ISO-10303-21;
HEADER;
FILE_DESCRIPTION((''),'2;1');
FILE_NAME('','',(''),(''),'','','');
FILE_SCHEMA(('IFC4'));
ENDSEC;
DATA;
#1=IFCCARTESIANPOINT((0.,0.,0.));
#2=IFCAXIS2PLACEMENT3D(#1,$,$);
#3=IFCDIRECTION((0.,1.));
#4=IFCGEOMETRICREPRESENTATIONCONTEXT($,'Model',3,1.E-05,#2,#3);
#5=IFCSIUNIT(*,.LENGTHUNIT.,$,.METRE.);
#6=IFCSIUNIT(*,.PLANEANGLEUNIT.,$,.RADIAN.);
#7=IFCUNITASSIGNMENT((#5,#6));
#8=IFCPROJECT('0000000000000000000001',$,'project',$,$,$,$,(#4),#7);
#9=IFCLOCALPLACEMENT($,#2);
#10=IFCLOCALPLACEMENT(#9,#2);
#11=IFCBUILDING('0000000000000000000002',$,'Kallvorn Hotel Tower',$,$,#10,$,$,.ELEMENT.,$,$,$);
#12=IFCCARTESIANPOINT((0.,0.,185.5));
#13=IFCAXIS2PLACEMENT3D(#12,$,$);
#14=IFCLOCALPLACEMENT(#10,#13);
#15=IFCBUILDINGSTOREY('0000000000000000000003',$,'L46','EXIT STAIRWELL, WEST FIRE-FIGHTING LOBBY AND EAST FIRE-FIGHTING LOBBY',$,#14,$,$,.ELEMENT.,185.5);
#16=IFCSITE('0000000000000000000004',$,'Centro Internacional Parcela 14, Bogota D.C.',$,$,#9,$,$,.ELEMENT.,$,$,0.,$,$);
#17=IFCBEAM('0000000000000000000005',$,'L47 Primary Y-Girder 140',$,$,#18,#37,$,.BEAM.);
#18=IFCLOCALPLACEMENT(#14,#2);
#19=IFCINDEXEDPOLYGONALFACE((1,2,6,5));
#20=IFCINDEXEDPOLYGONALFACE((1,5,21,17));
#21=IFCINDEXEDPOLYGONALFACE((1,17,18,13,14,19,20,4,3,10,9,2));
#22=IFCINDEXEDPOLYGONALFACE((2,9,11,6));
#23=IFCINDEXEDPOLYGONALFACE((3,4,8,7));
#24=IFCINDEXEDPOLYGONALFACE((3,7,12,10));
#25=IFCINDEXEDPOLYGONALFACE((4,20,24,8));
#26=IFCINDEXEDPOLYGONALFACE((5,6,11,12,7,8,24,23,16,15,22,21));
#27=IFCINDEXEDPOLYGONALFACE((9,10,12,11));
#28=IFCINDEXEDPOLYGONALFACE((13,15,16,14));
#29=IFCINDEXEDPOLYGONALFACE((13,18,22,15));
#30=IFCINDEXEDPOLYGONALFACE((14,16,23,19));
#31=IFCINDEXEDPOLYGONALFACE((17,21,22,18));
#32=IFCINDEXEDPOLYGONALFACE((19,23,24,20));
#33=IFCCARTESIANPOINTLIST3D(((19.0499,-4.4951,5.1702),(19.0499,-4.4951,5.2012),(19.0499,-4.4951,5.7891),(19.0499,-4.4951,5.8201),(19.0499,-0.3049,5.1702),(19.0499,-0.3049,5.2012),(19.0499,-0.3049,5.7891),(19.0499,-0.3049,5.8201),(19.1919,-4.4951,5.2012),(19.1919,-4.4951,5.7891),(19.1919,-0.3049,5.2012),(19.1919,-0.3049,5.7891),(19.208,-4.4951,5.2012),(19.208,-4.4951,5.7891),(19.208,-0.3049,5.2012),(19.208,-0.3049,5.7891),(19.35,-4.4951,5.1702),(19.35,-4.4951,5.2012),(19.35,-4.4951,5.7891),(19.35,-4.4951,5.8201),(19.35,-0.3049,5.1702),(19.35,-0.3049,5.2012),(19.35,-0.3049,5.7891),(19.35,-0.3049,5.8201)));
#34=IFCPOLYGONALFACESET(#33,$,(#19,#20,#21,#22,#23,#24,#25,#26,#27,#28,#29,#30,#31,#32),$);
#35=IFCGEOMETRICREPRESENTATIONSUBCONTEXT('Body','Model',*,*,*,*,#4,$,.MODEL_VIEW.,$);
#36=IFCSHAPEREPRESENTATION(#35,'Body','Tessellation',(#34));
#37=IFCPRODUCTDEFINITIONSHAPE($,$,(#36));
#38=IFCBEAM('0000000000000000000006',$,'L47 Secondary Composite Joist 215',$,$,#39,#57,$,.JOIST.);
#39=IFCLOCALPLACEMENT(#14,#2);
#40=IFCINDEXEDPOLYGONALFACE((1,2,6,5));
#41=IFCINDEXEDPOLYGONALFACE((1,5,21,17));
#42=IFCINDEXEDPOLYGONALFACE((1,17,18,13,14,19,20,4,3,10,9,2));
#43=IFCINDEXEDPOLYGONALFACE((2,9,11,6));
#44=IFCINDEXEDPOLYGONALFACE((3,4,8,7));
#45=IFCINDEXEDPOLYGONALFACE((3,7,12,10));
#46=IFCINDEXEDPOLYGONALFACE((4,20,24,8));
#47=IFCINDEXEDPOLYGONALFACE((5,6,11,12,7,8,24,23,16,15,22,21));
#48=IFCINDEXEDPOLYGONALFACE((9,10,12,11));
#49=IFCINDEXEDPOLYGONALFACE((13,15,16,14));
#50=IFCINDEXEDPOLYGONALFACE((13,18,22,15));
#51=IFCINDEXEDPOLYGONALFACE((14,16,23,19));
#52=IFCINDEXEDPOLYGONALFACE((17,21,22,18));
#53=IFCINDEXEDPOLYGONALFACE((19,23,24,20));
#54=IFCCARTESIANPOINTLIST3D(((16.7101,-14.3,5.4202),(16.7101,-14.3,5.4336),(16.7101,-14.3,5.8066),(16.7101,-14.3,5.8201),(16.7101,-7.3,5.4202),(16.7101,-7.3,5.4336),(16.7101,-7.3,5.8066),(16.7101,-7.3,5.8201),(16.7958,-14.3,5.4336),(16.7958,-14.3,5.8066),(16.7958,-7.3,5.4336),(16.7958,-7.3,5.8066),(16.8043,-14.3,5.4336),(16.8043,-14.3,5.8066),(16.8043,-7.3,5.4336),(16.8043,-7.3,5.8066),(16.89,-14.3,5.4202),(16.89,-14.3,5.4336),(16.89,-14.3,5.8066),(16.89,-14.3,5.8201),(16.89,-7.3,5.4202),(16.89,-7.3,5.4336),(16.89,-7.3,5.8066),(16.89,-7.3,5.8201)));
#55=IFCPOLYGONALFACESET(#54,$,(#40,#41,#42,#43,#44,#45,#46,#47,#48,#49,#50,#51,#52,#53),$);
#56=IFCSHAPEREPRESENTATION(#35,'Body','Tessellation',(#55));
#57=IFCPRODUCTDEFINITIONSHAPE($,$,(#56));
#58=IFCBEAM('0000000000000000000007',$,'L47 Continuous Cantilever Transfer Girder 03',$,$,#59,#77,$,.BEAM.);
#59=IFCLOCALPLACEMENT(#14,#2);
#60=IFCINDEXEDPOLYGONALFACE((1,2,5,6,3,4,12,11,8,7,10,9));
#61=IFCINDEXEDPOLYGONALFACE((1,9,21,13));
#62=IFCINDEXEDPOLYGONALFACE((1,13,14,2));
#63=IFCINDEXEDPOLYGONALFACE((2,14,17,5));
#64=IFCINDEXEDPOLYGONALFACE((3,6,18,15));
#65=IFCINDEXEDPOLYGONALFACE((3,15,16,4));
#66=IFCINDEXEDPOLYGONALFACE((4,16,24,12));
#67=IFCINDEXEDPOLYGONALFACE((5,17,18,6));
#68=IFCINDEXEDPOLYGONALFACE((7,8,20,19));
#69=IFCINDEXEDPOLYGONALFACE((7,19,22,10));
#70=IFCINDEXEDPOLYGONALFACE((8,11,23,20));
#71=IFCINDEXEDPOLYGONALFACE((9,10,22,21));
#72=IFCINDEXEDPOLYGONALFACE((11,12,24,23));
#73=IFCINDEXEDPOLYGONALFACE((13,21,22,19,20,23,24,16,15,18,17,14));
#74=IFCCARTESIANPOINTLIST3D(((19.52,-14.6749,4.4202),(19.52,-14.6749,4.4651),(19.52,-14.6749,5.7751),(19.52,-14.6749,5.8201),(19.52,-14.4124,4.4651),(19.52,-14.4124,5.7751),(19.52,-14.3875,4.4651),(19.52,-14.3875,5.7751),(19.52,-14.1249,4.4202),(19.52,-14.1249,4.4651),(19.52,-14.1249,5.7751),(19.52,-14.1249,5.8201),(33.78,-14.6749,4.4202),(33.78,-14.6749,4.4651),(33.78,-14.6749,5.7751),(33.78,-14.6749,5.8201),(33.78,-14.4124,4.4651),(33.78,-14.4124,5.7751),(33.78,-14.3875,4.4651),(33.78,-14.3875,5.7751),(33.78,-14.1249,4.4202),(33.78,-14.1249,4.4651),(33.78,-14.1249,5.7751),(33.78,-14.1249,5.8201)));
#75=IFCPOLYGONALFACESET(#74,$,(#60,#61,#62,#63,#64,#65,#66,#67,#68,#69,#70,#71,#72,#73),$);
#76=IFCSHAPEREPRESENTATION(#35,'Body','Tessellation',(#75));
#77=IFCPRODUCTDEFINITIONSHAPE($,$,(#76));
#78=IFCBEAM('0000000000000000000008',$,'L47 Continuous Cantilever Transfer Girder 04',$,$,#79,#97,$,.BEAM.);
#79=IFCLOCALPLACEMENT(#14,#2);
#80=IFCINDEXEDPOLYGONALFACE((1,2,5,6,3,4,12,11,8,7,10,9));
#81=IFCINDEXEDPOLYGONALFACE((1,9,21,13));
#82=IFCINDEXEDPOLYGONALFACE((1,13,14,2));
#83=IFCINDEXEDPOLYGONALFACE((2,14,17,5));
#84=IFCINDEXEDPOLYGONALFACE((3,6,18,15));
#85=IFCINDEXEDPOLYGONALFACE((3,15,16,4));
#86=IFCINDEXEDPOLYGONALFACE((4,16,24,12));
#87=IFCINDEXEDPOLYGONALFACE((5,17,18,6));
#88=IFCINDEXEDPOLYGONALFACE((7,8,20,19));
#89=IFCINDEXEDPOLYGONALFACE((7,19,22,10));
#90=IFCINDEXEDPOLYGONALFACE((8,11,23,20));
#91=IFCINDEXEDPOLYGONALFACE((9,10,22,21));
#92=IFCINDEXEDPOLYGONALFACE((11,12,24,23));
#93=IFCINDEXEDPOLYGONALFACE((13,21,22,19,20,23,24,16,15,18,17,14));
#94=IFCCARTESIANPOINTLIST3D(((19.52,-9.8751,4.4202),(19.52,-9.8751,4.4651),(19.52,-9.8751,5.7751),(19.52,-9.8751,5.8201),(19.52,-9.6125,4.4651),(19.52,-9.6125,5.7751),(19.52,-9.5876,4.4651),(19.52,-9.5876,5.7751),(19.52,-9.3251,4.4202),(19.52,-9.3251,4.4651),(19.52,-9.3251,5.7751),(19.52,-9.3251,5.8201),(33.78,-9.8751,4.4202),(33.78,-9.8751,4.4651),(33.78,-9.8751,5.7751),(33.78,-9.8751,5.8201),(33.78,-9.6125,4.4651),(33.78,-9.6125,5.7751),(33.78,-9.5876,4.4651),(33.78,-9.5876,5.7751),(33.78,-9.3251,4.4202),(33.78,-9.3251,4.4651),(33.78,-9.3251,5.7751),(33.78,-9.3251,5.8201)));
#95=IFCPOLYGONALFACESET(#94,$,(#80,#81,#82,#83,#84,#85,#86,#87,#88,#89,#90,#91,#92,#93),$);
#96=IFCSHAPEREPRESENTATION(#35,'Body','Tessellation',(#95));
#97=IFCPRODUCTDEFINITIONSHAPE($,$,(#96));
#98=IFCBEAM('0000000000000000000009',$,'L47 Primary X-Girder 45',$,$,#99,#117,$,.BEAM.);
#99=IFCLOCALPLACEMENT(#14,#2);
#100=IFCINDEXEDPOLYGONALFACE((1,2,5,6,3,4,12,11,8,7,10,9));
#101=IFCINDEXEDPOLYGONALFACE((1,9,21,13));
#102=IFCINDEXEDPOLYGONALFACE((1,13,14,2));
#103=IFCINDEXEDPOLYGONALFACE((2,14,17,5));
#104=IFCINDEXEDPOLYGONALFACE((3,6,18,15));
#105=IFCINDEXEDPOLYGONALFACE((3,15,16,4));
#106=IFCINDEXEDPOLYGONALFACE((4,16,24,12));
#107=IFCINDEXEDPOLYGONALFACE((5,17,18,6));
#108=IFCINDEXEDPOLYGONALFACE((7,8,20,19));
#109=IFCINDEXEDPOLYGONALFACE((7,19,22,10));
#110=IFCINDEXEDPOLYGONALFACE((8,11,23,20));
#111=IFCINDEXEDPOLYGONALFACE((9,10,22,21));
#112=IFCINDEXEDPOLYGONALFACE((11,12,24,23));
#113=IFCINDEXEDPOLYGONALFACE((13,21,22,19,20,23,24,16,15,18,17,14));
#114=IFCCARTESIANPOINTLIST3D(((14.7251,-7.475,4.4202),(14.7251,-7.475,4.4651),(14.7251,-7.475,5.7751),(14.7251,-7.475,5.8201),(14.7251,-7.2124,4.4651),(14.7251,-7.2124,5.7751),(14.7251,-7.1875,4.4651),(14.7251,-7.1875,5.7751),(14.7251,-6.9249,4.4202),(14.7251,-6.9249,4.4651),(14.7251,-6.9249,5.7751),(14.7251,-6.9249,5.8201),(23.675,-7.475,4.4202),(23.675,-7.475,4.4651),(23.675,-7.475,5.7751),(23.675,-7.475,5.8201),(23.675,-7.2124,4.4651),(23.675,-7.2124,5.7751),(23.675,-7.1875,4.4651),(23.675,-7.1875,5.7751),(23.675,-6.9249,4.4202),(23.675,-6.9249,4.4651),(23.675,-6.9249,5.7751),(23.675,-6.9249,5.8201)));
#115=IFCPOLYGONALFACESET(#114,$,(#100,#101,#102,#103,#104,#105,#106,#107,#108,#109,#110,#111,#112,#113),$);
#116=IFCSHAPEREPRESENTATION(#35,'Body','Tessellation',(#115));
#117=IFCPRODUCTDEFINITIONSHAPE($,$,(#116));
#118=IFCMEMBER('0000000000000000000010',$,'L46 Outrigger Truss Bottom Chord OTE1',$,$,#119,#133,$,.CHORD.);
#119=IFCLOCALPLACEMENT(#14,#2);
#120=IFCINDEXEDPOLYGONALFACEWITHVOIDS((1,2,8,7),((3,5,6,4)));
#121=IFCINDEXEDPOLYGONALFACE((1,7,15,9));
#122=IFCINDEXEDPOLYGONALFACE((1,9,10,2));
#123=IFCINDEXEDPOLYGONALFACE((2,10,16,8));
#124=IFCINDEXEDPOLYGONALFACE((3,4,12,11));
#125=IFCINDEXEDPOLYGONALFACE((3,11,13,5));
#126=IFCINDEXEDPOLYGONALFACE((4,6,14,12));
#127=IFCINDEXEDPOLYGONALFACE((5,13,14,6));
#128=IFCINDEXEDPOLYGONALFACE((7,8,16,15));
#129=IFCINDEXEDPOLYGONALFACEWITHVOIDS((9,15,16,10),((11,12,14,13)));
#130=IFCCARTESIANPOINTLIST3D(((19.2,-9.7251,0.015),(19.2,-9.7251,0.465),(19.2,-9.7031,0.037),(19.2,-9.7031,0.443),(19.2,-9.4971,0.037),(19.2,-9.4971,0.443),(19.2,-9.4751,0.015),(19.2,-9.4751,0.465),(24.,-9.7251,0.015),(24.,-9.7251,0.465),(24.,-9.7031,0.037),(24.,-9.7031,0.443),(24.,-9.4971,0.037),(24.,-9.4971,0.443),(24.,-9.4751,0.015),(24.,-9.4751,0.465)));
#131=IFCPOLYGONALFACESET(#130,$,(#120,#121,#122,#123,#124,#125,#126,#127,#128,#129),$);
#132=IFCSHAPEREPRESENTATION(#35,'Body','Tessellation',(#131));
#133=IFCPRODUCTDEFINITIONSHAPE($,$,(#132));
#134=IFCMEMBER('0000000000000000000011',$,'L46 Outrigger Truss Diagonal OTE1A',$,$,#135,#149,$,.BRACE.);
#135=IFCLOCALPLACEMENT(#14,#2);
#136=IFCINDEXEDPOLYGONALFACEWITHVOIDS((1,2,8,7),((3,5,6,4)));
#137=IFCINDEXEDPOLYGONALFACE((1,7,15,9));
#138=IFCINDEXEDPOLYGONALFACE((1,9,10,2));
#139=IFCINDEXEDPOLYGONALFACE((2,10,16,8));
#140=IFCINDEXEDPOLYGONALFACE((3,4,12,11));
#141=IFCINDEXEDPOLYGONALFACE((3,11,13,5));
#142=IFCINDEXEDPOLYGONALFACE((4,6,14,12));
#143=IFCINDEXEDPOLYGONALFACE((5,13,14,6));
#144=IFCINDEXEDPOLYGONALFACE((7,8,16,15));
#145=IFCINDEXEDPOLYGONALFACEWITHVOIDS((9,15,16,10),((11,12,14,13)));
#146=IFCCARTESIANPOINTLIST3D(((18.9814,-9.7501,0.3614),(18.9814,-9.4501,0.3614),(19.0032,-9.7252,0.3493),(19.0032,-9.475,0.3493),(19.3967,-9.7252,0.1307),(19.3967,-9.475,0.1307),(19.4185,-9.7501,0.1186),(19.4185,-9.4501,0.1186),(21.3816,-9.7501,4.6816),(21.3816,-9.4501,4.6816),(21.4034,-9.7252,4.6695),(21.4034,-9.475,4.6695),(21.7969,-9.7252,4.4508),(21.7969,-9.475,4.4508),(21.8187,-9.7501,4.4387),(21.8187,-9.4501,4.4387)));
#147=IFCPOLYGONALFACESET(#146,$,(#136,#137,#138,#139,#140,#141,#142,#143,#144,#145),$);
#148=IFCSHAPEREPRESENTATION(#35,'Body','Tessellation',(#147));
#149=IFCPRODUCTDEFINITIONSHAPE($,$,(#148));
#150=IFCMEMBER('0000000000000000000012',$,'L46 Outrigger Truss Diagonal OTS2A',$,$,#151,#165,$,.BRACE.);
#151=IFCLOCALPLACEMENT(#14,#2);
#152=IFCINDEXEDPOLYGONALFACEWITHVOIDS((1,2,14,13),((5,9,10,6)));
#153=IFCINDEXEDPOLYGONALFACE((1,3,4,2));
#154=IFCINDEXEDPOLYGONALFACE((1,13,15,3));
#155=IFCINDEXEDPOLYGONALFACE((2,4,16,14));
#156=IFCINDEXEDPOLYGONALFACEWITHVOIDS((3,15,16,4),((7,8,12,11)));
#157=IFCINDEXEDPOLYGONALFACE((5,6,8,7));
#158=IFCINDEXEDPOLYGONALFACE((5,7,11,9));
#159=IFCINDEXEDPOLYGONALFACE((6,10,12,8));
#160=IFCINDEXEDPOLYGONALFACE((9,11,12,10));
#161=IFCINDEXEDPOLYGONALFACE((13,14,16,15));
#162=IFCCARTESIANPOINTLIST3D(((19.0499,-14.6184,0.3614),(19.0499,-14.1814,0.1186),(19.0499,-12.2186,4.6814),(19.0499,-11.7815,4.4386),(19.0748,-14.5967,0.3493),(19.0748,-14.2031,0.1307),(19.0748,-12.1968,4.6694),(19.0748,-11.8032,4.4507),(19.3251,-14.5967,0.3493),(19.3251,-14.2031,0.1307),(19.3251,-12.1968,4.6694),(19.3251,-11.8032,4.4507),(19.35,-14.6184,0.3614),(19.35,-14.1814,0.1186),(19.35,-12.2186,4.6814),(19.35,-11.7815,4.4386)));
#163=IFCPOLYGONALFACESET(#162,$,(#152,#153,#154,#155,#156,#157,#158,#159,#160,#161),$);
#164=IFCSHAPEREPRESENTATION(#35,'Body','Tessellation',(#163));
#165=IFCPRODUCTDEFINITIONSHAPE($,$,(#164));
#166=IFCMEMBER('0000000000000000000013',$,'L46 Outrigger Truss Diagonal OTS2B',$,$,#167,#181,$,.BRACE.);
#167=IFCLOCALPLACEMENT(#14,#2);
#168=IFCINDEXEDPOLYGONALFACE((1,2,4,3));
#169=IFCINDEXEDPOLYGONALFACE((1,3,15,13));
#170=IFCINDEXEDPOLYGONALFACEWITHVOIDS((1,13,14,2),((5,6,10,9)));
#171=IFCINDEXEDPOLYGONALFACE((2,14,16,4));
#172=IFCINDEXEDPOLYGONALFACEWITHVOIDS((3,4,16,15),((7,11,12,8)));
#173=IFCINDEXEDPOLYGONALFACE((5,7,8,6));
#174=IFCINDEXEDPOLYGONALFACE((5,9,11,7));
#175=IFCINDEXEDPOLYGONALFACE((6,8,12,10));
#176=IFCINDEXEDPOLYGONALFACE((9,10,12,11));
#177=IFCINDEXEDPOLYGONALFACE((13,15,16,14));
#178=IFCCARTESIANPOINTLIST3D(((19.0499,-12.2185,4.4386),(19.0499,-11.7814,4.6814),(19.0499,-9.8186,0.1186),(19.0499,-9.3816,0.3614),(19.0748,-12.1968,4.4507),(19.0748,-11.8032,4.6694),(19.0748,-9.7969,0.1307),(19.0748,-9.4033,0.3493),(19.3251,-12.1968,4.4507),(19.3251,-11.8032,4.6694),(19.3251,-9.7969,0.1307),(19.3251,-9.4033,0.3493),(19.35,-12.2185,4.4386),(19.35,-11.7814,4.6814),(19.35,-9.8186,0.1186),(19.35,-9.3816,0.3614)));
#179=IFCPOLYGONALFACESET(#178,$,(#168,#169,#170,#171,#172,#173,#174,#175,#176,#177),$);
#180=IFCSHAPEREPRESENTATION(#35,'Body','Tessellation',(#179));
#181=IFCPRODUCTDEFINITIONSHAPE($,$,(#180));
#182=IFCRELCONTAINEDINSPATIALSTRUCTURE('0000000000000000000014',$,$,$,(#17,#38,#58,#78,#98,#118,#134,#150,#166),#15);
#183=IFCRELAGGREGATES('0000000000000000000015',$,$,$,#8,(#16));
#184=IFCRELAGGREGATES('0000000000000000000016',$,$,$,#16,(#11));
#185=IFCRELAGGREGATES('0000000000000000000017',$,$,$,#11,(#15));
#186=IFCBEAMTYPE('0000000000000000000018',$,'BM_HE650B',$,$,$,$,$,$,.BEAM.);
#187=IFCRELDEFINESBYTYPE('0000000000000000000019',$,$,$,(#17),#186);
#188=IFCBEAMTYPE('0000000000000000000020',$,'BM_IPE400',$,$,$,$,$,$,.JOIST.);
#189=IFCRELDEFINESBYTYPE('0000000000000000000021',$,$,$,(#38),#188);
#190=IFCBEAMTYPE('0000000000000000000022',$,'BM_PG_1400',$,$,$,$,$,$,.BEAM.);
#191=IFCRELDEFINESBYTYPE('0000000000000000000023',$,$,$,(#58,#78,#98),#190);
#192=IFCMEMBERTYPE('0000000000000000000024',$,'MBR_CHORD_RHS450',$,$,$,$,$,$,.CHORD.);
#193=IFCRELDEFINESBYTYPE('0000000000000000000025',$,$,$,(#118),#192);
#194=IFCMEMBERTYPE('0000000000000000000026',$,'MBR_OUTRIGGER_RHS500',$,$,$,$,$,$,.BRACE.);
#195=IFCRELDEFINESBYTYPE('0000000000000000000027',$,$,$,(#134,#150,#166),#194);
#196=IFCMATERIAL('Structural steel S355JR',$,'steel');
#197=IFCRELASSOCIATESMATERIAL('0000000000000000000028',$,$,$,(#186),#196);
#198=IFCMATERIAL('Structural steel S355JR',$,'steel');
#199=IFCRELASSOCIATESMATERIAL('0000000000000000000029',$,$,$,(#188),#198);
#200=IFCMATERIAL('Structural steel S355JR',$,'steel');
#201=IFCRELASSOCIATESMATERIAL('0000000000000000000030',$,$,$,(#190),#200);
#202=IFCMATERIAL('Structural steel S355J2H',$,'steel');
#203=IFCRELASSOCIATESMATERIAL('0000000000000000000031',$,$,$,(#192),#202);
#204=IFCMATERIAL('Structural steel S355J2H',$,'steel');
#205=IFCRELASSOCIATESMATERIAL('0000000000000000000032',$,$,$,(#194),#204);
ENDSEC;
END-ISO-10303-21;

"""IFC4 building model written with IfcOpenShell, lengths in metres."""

from ifc_helpers import new_model, si_unit, direction, frame, origin, origin_2d, place, context, subcontext, project, spatial, hollow_rectangle, i_section, extrude, material, material_profile, profile_set, type_object, element, save


model = new_model("IFC4")

# Units and contexts
model_context = context("Model", 3, precision=1e-05, world=origin(), true_north=direction((0.0, 1.0)))
body_context = subcontext(model_context, "Body", "Model", "MODEL_VIEW")
ifc_project = project(units=[si_unit("LENGTHUNIT", "METRE"), si_unit("PLANEANGLEUNIT", "RADIAN")], contexts=[model_context])

# Site, building, storey
site_placement = place(None, origin())
site = spatial("IfcSite", under=ifc_project, at=site_placement, Name="Centro Internacional Parcela 14, Bogota D.C.", CompositionType="ELEMENT", RefElevation=0.0)
building_placement = place(site_placement, origin())
building = spatial("IfcBuilding", under=site, at=building_placement, Name="Kallvorn Hotel Tower", CompositionType="ELEMENT")
storey_placement = place(building_placement, frame((0.0, 0.0, 185.5)))
storey = spatial("IfcBuildingStorey", under=building, at=storey_placement, Name="L46", Description="EXIT STAIRWELL, WEST FIRE-FIGHTING LOBBY AND EAST FIRE-FIGHTING LOBBY", CompositionType="ELEMENT", Elevation=185.5)

# Beams
ifc_material_1 = material(Name="Structural steel S355JR", Category="steel")
ifc_material_profile_1 = material_profile(ifc_material_1, i_section(OverallWidth=0.3, OverallDepth=0.6499, WebThickness=0.0161, FlangeThickness=0.031, at=origin_2d()), Name="HE 650 B")
ifc_profile_set_1 = profile_set([ifc_material_profile_1], Name="Structural steel S355JR")
beam_type_1 = type_object("IfcBeamType", Name="BM_HE650B", PredefinedType="BEAM", material=ifc_profile_set_1)
beam_1_placement = place(storey_placement, frame((19.2, -4.4951, 5.4951), z_axis=(0.0, 1.0, 0.0), x_axis=(-1.0, 0.0, 0.0)))
element("IfcBeam", 1, at=beam_1_placement, inside=storey, type_object=beam_type_1, Name="L47 Primary Y-Girder 140", PredefinedType="BEAM", context=body_context, shape_type="SweptSolid", body=[
    extrude(i_section(OverallWidth=0.3, OverallDepth=0.6499, WebThickness=0.0161, FlangeThickness=0.031, at=origin_2d()), origin(), (0.0, 0.0, 1.0), 4.1902),
])
ifc_material_2 = material(Name="Structural steel S355JR", Category="steel")
ifc_material_profile_2 = material_profile(ifc_material_2, i_section(OverallWidth=0.1799, OverallDepth=0.3999, WebThickness=0.0085, FlangeThickness=0.0134, at=origin_2d()), Name="IPE 400")
ifc_profile_set_2 = profile_set([ifc_material_profile_2], Name="Structural steel S355JR")
beam_type_2 = type_object("IfcBeamType", Name="BM_IPE400", PredefinedType="JOIST", material=ifc_profile_set_2)
beam_2_placement = place(storey_placement, frame((16.8, -14.3, 5.6201), z_axis=(0.0, 1.0, 0.0), x_axis=(-1.0, 0.0, 0.0)))
element("IfcBeam", 2, at=beam_2_placement, inside=storey, type_object=beam_type_2, Name="L47 Secondary Composite Joist 215", PredefinedType="JOIST", context=body_context, shape_type="SweptSolid", body=[
    extrude(i_section(OverallWidth=0.1799, OverallDepth=0.3999, WebThickness=0.0085, FlangeThickness=0.0134, at=origin_2d()), origin(), (0.0, 0.0, 1.0), 7.0),
])
ifc_material_3 = material(Name="Structural steel S355JR", Category="steel")
ifc_material_profile_3 = material_profile(ifc_material_3, i_section(OverallWidth=0.55, OverallDepth=1.3999, WebThickness=0.0249, FlangeThickness=0.0449, at=origin_2d()), Name="PG 1400x550x25x45")
ifc_profile_set_3 = profile_set([ifc_material_profile_3], Name="Structural steel S355JR")
beam_type_3 = type_object("IfcBeamType", Name="BM_PG_1400", PredefinedType="BEAM", material=ifc_profile_set_3)
for number, where, z_axis, x_axis, name in (
    (3, (19.52, -14.3999, 5.1201), (1.0, 0.0, 0.0), (0.0, 1.0, 0.0), "L47 Continuous Cantilever Transfer Girder 03"),
    (4, (19.52, -9.6001, 5.1201), (1.0, 0.0, 0.0), (0.0, 1.0, 0.0), "L47 Continuous Cantilever Transfer Girder 04"),
):
    element("IfcBeam", number, at=place(storey_placement, frame(where, z_axis=z_axis, x_axis=x_axis)), inside=storey, type_object=beam_type_3, Name=name, PredefinedType="BEAM", context=body_context, shape_type="SweptSolid", body=[
        extrude(i_section(OverallWidth=0.55, OverallDepth=1.3999, WebThickness=0.0249, FlangeThickness=0.0449, at=origin_2d()), origin(), (0.0, 0.0, 1.0), 14.26),
    ])
beam_3_placement = place(storey_placement, frame((14.7251, -7.2, 5.1201), z_axis=(1.0, 0.0, 0.0), x_axis=(0.0, 1.0, 0.0)))
element("IfcBeam", 5, at=beam_3_placement, inside=storey, type_object=beam_type_3, Name="L47 Primary X-Girder 45", PredefinedType="BEAM", context=body_context, shape_type="SweptSolid", body=[
    extrude(i_section(OverallWidth=0.55, OverallDepth=1.3999, WebThickness=0.0249, FlangeThickness=0.0449, at=origin_2d()), origin(), (0.0, 0.0, 1.0), 8.95),
])

# Members
ifc_material_4 = material(Name="Structural steel S355J2H", Category="steel")
ifc_material_profile_4 = material_profile(ifc_material_4, hollow_rectangle(XDim=0.25, YDim=0.45, WallThickness=0.022, at=origin_2d()), Name="RHS 450x250x22")
ifc_profile_set_4 = profile_set([ifc_material_profile_4], Name="Structural steel S355J2H")
member_type_1 = type_object("IfcMemberType", Name="MBR_CHORD_RHS450", PredefinedType="CHORD", material=ifc_profile_set_4)
member_1_placement = place(storey_placement, frame((19.2, -9.6001, 0.24), z_axis=(1.0, 0.0, 0.0), x_axis=(0.0, 1.0, 0.0)))
element("IfcMember", 6, at=member_1_placement, inside=storey, type_object=member_type_1, Name="L46 Outrigger Truss Bottom Chord OTE1", PredefinedType="CHORD", context=body_context, shape_type="SweptSolid", body=[
    extrude(hollow_rectangle(XDim=0.25, YDim=0.45, WallThickness=0.022, at=origin_2d()), origin(), (0.0, 0.0, 1.0), 4.8),
])
ifc_material_5 = material(Name="Structural steel S355J2H", Category="steel")
ifc_material_profile_5 = material_profile(ifc_material_5, hollow_rectangle(XDim=0.3, YDim=0.5, WallThickness=0.0249, at=origin_2d()), Name="RHS 500x300x25")
ifc_profile_set_5 = profile_set([ifc_material_profile_5], Name="Structural steel S355J2H")
member_type_2 = type_object("IfcMemberType", Name="MBR_OUTRIGGER_RHS500", PredefinedType="BRACE", material=ifc_profile_set_5)
member_2_placement = place(storey_placement, frame((19.2, -9.6001, 0.24), z_axis=(0.48566, 0.0, 0.874148), x_axis=(0.0, 1.0, 0.0)))
element("IfcMember", 7, at=member_2_placement, inside=storey, type_object=member_type_2, Name="L46 Outrigger Truss Diagonal OTE1A", PredefinedType="BRACE", context=body_context, shape_type="SweptSolid", body=[
    extrude(hollow_rectangle(XDim=0.3, YDim=0.5, WallThickness=0.0249, at=origin_2d()), origin(), (0.0, 0.0, 1.0), 4.9421),
])
for number, where, z_axis, x_axis, name in (
    (8, (19.2, -14.3999, 0.24), (0.0, 0.485622, 0.874169), (-1.0, 0.0, 0.0), "L46 Outrigger Truss Diagonal OTS2A"),
    (9, (19.2, -9.6001, 0.24), (0.0, -0.485622, 0.874169), (1.0, 0.0, 0.0), "L46 Outrigger Truss Diagonal OTS2B"),
):
    element("IfcMember", number, at=place(storey_placement, frame(where, z_axis=z_axis, x_axis=x_axis)), inside=storey, type_object=member_type_2, Name=name, PredefinedType="BRACE", context=body_context, shape_type="SweptSolid", body=[
        extrude(hollow_rectangle(XDim=0.3, YDim=0.5, WallThickness=0.0249, at=origin_2d()), origin(), (0.0, 0.0, 1.0), 4.9419),
    ])

save(model, "model.ifc")
